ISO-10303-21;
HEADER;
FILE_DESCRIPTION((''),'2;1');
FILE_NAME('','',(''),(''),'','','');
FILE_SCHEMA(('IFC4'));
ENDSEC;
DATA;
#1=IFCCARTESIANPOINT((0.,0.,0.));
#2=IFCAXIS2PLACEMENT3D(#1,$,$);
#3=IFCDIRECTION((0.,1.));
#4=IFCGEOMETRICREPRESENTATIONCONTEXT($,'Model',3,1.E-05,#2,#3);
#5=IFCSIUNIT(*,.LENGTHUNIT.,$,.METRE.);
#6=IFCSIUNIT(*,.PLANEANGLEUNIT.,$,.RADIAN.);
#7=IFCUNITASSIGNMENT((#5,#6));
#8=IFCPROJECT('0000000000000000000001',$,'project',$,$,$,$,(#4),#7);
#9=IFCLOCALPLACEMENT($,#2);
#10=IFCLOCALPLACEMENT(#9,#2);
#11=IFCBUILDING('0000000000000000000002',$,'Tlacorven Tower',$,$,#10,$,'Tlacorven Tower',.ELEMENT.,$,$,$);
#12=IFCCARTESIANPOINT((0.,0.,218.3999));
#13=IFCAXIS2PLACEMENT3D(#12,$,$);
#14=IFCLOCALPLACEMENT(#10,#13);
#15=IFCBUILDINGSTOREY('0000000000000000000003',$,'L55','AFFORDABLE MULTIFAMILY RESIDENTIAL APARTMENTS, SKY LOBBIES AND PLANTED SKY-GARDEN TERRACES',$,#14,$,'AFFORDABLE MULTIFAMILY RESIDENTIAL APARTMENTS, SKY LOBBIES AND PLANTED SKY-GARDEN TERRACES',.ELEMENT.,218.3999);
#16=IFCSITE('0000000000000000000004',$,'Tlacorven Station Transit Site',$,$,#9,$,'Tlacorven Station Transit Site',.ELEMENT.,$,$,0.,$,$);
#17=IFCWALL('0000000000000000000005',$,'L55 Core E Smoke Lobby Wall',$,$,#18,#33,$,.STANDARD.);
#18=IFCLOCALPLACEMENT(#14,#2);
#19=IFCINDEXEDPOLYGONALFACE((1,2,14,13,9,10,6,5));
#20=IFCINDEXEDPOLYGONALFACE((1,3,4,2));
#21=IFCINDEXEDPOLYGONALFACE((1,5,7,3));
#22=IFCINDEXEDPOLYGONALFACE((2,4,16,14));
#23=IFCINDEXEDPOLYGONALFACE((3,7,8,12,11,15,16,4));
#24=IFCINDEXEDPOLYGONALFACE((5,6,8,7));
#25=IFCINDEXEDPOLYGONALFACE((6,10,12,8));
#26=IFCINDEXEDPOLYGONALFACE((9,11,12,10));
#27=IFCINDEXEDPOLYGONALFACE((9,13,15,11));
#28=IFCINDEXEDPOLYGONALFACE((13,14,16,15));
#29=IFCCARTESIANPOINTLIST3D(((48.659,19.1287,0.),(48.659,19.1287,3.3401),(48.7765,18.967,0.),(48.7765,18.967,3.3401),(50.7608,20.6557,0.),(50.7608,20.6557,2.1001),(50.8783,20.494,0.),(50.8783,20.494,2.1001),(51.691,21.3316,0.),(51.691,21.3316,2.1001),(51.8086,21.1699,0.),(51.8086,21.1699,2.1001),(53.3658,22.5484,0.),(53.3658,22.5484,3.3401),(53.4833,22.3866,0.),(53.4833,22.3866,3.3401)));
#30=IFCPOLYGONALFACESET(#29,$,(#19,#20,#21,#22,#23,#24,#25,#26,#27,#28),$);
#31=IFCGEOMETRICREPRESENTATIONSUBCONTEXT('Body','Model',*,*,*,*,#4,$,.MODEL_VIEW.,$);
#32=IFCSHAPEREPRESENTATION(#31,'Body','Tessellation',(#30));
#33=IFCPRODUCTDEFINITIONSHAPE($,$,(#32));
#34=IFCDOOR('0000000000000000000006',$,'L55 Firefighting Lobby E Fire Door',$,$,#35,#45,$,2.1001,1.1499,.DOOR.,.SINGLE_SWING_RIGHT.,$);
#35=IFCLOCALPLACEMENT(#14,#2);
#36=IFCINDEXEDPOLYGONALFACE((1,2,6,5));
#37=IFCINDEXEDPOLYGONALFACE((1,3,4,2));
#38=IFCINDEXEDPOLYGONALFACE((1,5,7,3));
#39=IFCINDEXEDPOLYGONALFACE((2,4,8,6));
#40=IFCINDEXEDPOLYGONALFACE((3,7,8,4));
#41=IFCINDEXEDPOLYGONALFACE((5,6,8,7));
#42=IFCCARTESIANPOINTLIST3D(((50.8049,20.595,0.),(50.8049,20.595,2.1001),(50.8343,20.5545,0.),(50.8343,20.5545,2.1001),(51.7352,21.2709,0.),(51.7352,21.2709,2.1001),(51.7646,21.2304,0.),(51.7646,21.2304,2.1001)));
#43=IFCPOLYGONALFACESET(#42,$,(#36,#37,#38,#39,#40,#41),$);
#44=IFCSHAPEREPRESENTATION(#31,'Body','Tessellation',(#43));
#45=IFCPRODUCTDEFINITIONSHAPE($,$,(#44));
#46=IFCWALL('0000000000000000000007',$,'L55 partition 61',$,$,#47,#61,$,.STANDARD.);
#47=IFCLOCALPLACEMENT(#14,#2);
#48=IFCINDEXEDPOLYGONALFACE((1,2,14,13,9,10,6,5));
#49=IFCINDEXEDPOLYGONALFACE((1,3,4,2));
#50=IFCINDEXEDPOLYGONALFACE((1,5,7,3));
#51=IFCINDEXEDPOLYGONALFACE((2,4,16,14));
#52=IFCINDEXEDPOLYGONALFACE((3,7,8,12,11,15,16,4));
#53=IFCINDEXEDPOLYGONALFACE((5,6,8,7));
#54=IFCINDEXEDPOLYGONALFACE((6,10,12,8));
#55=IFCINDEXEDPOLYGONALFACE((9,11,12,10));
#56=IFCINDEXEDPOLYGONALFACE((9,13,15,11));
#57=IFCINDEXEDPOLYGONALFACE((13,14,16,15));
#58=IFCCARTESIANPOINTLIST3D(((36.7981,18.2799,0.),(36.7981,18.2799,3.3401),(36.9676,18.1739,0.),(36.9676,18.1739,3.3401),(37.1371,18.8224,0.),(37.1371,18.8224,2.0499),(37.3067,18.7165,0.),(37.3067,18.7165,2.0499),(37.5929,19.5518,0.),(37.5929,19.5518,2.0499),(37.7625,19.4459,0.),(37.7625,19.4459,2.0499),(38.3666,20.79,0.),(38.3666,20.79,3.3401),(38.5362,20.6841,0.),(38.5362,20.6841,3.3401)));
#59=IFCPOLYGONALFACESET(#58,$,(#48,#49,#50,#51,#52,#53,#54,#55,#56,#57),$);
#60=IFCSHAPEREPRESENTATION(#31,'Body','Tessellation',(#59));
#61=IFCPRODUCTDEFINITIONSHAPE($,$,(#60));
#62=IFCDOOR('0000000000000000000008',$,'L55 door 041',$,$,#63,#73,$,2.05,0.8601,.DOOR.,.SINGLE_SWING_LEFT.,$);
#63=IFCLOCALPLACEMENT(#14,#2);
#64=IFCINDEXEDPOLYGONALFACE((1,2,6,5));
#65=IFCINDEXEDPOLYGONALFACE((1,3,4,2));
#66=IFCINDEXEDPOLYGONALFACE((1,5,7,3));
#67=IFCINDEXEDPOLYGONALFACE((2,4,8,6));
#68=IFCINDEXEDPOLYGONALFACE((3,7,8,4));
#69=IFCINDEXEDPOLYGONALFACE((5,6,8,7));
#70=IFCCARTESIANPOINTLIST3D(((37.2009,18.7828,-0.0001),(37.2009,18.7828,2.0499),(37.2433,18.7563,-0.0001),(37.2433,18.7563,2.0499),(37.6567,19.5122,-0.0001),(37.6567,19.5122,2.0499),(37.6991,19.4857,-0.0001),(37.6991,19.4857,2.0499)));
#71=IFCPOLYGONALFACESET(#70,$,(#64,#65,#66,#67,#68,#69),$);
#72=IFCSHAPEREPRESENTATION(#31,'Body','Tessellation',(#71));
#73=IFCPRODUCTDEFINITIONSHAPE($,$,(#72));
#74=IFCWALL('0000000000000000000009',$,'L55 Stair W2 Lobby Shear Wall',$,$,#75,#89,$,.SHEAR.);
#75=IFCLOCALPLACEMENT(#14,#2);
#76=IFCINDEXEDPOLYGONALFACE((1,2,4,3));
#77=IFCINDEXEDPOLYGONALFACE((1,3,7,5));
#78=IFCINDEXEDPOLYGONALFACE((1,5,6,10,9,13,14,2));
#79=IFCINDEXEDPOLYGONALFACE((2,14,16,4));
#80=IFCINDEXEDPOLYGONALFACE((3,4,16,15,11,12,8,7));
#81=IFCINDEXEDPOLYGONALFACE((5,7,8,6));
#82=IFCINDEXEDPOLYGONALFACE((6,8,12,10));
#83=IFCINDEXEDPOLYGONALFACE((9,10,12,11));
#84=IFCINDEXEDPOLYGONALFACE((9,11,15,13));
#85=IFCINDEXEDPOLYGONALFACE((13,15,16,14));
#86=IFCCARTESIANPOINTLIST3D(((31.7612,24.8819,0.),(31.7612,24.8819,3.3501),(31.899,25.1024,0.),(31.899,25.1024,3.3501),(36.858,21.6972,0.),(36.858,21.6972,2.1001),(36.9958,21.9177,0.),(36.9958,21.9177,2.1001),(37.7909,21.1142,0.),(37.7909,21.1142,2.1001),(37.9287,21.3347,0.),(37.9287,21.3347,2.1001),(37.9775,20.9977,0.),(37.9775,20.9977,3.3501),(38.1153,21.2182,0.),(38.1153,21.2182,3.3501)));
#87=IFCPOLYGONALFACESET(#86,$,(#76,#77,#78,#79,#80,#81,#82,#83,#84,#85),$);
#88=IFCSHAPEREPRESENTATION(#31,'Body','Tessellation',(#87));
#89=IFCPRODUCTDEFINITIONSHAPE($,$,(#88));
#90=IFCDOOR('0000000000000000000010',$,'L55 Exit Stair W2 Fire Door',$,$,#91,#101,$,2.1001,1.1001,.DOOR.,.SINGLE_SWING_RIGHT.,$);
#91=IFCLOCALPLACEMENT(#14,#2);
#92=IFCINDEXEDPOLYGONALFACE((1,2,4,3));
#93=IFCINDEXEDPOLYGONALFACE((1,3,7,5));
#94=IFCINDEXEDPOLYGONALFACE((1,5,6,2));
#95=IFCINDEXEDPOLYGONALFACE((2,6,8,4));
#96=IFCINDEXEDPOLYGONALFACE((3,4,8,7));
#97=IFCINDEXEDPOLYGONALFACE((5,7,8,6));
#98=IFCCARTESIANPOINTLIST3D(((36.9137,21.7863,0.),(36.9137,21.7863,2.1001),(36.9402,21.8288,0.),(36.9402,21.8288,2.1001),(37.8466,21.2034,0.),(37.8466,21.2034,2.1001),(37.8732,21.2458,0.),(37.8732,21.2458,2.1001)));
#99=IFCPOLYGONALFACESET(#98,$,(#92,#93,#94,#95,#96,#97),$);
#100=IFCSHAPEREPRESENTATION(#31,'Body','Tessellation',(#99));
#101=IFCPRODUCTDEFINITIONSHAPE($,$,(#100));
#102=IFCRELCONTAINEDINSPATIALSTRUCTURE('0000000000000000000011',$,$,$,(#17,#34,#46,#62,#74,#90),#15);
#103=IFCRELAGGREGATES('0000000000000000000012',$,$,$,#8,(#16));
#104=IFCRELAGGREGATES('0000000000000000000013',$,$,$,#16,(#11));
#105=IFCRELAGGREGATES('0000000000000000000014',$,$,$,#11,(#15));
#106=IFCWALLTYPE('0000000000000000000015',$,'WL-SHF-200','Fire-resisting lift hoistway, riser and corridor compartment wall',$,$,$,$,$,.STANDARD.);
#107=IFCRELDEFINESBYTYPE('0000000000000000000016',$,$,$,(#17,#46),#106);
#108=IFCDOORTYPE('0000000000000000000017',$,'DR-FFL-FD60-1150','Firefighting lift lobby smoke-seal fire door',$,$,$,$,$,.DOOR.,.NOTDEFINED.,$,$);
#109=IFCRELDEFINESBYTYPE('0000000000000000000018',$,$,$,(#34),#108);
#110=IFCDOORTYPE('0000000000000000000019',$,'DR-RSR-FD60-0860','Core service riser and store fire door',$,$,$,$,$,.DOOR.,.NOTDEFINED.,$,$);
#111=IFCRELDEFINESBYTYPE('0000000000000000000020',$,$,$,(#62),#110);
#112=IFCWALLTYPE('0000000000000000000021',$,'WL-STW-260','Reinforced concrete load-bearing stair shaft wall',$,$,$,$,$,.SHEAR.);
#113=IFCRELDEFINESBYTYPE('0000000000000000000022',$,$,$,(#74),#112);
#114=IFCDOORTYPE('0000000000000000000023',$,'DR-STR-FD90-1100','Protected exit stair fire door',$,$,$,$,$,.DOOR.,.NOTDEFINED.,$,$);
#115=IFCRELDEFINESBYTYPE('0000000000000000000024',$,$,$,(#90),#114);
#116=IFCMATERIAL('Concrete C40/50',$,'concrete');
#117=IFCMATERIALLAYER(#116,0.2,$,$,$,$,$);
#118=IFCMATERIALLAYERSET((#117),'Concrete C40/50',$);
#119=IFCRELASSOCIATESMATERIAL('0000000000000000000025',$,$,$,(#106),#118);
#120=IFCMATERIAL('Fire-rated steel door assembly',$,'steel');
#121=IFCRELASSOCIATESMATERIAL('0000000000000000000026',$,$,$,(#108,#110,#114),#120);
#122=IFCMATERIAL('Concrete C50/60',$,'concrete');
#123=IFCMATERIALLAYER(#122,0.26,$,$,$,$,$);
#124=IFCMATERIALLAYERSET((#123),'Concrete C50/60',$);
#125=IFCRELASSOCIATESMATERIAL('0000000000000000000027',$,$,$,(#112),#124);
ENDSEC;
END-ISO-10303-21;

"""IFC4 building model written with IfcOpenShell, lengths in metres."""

from ifc_helpers import new_model, si_unit, direction, frame, frame_2d, origin, place, context, subcontext, project, spatial, rectangle, extrude, source, transform, mapped, material, layer, layer_set, type_object, element, fill, save


model = new_model("IFC4")

# Units and contexts
model_context = context("Model", 3, precision=1e-05, world=origin(), true_north=direction((0.0, 1.0)))
body_context = subcontext(model_context, "Body", "Model", "MODEL_VIEW")
ifc_project = project(units=[si_unit("LENGTHUNIT", "METRE"), si_unit("PLANEANGLEUNIT", "RADIAN")], contexts=[model_context])

# Site, building, storey
site_placement = place(None, origin())
site = spatial("IfcSite", under=ifc_project, at=site_placement, Name="Tlacorven Station Transit Site", LongName="Tlacorven Station Transit Site", CompositionType="ELEMENT", RefElevation=0.0)
building_placement = place(site_placement, origin())
building = spatial("IfcBuilding", under=site, at=building_placement, Name="Tlacorven Tower", LongName="Tlacorven Tower", CompositionType="ELEMENT")
storey_placement = place(building_placement, frame((0.0, 0.0, 218.3999)))
storey = spatial("IfcBuildingStorey", under=building, at=storey_placement, Name="L55", Description="AFFORDABLE MULTIFAMILY RESIDENTIAL APARTMENTS, SKY LOBBIES AND PLANTED SKY-GARDEN TERRACES", LongName="AFFORDABLE MULTIFAMILY RESIDENTIAL APARTMENTS, SKY LOBBIES AND PLANTED SKY-GARDEN TERRACES", CompositionType="ELEMENT", Elevation=218.3999)

# Shared definitions
ifc_material_1 = material(Name="Concrete C50/60", Category="concrete")

# Walls, openings, doors
ifc_material_2 = material(Name="Concrete C40/50", Category="concrete")
ifc_layer_1 = layer(ifc_material_2, 0.2)
ifc_layer_set_1 = layer_set([ifc_layer_1], Name="Concrete C40/50")
wall_type_1 = type_object("IfcWallType", Name="WL-SHF-200", Description="Fire-resisting lift hoistway, riser and corridor compartment wall", PredefinedType="STANDARD", material=ifc_layer_set_1)
ifc_material_3 = material(Name="Fire-rated steel door assembly", Category="steel")
door_type_1 = type_object("IfcDoorType", Name="DR-FFL-FD60-1150", Description="Firefighting lift lobby smoke-seal fire door", OperationType="NOTDEFINED", PredefinedType="DOOR", material=ifc_material_3)
shared_shape_1 = source(origin(), body_context, "Body", "SweptSolid", [
    extrude(rectangle(XDim=1.1499, YDim=2.1001, at=frame_2d((0.575, 1.05))), frame((0.0, 0.0249, 0.0), z_axis=(0.0, -1.0, 0.0), x_axis=(1.0, 0.0, 0.0)), (0.0, 0.0, 1.0), 0.05),
])
wall_1_placement = place(storey_placement, frame((48.7178, 19.0479, 0.0), z_axis=(0.0, 0.0, 1.0), x_axis=(0.809017, 0.587785, 0.0)))
wall_1 = element("IfcWall", 1, at=wall_1_placement, inside=storey, type_object=wall_type_1, Name="L55 Core E Smoke Lobby Wall", PredefinedType="STANDARD", context=body_context, shape_type="SweptSolid", body=[
    extrude(rectangle(XDim=5.8179, YDim=0.2, at=frame_2d((2.9089, 0.0))), origin(), (0.0, 0.0, 1.0), 3.3401),
])
opening_1_placement = place(wall_1_placement, frame((2.5979, 0.0, 0.0)))
opening_1 = element("IfcOpeningElement", 2, at=opening_1_placement, cuts=wall_1, PredefinedType="OPENING", context=body_context, shape_type="SweptSolid", body=[
    extrude(rectangle(XDim=1.1499, YDim=2.1001, at=frame_2d((0.575, 1.05))), frame((0.0, 0.1099, 0.0), z_axis=(0.0, -1.0, 0.0), x_axis=(1.0, 0.0, 0.0)), (0.0, 0.0, 1.0), 0.22),
])
door_1_placement = place(opening_1_placement, origin())
door_1 = element("IfcDoor", 3, at=door_1_placement, inside=storey, type_object=door_type_1, Name="L55 Firefighting Lobby E Fire Door", OperationType="SINGLE_SWING_RIGHT", OverallHeight=2.1001, OverallWidth=1.1499, PredefinedType="DOOR", context=body_context, shape_type="MappedRepresentation", body=[
    mapped(shared_shape_1, transform((0.0, 0.0, 0.0), scale=1.0)),
])
fill(opening_1, door_1)
wall_2_placement = place(storey_placement, frame((38.4514, 20.7371, 0.0), z_axis=(0.0, 0.0, 1.0), x_axis=(-0.529925, -0.848045, 0.0)))
wall_2 = element("IfcWall", 4, at=wall_2_placement, inside=storey, type_object=wall_type_1, Name="L55 partition 61", PredefinedType="STANDARD", context=body_context, shape_type="SweptSolid", body=[
    extrude(rectangle(XDim=2.96, YDim=0.2, at=frame_2d((1.48, 0.0))), origin(), (0.0, 0.0, 1.0), 3.3401),
])
opening_2_placement = place(wall_2_placement, frame((1.46, 0.0, 0.0)))
opening_2 = element("IfcOpeningElement", 5, at=opening_2_placement, cuts=wall_2, PredefinedType="OPENING", context=body_context, shape_type="SweptSolid", body=[
    extrude(rectangle(XDim=0.8601, YDim=2.05, at=frame_2d((0.4302, 1.0249))), frame((0.0, 0.1099, 0.0), z_axis=(0.0, -1.0, 0.0), x_axis=(1.0, 0.0, 0.0)), (0.0, 0.0, 1.0), 0.22),
])
door_type_2 = type_object("IfcDoorType", Name="DR-RSR-FD60-0860", Description="Core service riser and store fire door", OperationType="NOTDEFINED", PredefinedType="DOOR", material=ifc_material_3)
shared_shape_2 = source(origin(), body_context, "Body", "SweptSolid", [
    extrude(rectangle(XDim=0.8601, YDim=2.05, at=frame_2d((0.4302, 1.0249))), frame((0.0, 0.0249, 0.0), z_axis=(0.0, -1.0, 0.0), x_axis=(1.0, 0.0, 0.0)), (0.0, 0.0, 1.0), 0.05),
])
door_2_placement = place(opening_2_placement, frame((0.8601, 0.0, 0.0), z_axis=(0.0, 0.0, 1.0), x_axis=(-1.0, 0.0, 0.0)))
door_2 = element("IfcDoor", 6, at=door_2_placement, inside=storey, type_object=door_type_2, Name="L55 door 041", OperationType="SINGLE_SWING_LEFT", OverallHeight=2.05, OverallWidth=0.8601, PredefinedType="DOOR", context=body_context, shape_type="MappedRepresentation", body=[
    mapped(shared_shape_2, transform((0.0, 0.0, 0.0), scale=1.0)),
])
fill(opening_2, door_2)
ifc_layer_2 = layer(ifc_material_1, 0.26)
ifc_layer_set_2 = layer_set([ifc_layer_2], Name="Concrete C50/60")
wall_type_2 = type_object("IfcWallType", Name="WL-STW-260", Description="Reinforced concrete load-bearing stair shaft wall", PredefinedType="SHEAR", material=ifc_layer_set_2)
wall_3_placement = place(storey_placement, frame((38.0464, 21.1079, 0.0), z_axis=(0.0, 0.0, 1.0), x_axis=(-0.848054, 0.529909, 0.0)))
wall_3 = element("IfcWall", 7, at=wall_3_placement, inside=storey, type_object=wall_type_2, Name="L55 Stair W2 Lobby Shear Wall", PredefinedType="SHEAR", context=body_context, shape_type="SweptSolid", body=[
    extrude(rectangle(XDim=7.3301, YDim=0.26, at=frame_2d((3.665, 0.0))), origin(), (0.0, 0.0, 1.0), 3.3501),
])
opening_3_placement = place(wall_3_placement, frame((0.22, 0.0, 0.0)))
opening_3 = element("IfcOpeningElement", 8, at=opening_3_placement, cuts=wall_3, PredefinedType="OPENING", context=body_context, shape_type="SweptSolid", body=[
    extrude(rectangle(XDim=1.1001, YDim=2.1001, at=frame_2d((0.55, 1.05))), frame((0.0, 0.1401, 0.0), z_axis=(0.0, -1.0, 0.0), x_axis=(1.0, 0.0, 0.0)), (0.0, 0.0, 1.0), 0.28),
])
door_type_3 = type_object("IfcDoorType", Name="DR-STR-FD90-1100", Description="Protected exit stair fire door", OperationType="NOTDEFINED", PredefinedType="DOOR", material=ifc_material_3)
shared_shape_3 = source(origin(), body_context, "Body", "SweptSolid", [
    extrude(rectangle(XDim=1.1001, YDim=2.1001, at=frame_2d((0.55, 1.05))), frame((0.0, 0.0249, 0.0), z_axis=(0.0, -1.0, 0.0), x_axis=(1.0, 0.0, 0.0)), (0.0, 0.0, 1.0), 0.05),
])
door_3_placement = place(opening_3_placement, origin())
door_3 = element("IfcDoor", 9, at=door_3_placement, inside=storey, type_object=door_type_3, Name="L55 Exit Stair W2 Fire Door", OperationType="SINGLE_SWING_RIGHT", OverallHeight=2.1001, OverallWidth=1.1001, PredefinedType="DOOR", context=body_context, shape_type="MappedRepresentation", body=[
    mapped(shared_shape_3, transform((0.0, 0.0, 0.0), scale=1.0)),
])
fill(opening_3, door_3)

save(model, "model.ifc")
